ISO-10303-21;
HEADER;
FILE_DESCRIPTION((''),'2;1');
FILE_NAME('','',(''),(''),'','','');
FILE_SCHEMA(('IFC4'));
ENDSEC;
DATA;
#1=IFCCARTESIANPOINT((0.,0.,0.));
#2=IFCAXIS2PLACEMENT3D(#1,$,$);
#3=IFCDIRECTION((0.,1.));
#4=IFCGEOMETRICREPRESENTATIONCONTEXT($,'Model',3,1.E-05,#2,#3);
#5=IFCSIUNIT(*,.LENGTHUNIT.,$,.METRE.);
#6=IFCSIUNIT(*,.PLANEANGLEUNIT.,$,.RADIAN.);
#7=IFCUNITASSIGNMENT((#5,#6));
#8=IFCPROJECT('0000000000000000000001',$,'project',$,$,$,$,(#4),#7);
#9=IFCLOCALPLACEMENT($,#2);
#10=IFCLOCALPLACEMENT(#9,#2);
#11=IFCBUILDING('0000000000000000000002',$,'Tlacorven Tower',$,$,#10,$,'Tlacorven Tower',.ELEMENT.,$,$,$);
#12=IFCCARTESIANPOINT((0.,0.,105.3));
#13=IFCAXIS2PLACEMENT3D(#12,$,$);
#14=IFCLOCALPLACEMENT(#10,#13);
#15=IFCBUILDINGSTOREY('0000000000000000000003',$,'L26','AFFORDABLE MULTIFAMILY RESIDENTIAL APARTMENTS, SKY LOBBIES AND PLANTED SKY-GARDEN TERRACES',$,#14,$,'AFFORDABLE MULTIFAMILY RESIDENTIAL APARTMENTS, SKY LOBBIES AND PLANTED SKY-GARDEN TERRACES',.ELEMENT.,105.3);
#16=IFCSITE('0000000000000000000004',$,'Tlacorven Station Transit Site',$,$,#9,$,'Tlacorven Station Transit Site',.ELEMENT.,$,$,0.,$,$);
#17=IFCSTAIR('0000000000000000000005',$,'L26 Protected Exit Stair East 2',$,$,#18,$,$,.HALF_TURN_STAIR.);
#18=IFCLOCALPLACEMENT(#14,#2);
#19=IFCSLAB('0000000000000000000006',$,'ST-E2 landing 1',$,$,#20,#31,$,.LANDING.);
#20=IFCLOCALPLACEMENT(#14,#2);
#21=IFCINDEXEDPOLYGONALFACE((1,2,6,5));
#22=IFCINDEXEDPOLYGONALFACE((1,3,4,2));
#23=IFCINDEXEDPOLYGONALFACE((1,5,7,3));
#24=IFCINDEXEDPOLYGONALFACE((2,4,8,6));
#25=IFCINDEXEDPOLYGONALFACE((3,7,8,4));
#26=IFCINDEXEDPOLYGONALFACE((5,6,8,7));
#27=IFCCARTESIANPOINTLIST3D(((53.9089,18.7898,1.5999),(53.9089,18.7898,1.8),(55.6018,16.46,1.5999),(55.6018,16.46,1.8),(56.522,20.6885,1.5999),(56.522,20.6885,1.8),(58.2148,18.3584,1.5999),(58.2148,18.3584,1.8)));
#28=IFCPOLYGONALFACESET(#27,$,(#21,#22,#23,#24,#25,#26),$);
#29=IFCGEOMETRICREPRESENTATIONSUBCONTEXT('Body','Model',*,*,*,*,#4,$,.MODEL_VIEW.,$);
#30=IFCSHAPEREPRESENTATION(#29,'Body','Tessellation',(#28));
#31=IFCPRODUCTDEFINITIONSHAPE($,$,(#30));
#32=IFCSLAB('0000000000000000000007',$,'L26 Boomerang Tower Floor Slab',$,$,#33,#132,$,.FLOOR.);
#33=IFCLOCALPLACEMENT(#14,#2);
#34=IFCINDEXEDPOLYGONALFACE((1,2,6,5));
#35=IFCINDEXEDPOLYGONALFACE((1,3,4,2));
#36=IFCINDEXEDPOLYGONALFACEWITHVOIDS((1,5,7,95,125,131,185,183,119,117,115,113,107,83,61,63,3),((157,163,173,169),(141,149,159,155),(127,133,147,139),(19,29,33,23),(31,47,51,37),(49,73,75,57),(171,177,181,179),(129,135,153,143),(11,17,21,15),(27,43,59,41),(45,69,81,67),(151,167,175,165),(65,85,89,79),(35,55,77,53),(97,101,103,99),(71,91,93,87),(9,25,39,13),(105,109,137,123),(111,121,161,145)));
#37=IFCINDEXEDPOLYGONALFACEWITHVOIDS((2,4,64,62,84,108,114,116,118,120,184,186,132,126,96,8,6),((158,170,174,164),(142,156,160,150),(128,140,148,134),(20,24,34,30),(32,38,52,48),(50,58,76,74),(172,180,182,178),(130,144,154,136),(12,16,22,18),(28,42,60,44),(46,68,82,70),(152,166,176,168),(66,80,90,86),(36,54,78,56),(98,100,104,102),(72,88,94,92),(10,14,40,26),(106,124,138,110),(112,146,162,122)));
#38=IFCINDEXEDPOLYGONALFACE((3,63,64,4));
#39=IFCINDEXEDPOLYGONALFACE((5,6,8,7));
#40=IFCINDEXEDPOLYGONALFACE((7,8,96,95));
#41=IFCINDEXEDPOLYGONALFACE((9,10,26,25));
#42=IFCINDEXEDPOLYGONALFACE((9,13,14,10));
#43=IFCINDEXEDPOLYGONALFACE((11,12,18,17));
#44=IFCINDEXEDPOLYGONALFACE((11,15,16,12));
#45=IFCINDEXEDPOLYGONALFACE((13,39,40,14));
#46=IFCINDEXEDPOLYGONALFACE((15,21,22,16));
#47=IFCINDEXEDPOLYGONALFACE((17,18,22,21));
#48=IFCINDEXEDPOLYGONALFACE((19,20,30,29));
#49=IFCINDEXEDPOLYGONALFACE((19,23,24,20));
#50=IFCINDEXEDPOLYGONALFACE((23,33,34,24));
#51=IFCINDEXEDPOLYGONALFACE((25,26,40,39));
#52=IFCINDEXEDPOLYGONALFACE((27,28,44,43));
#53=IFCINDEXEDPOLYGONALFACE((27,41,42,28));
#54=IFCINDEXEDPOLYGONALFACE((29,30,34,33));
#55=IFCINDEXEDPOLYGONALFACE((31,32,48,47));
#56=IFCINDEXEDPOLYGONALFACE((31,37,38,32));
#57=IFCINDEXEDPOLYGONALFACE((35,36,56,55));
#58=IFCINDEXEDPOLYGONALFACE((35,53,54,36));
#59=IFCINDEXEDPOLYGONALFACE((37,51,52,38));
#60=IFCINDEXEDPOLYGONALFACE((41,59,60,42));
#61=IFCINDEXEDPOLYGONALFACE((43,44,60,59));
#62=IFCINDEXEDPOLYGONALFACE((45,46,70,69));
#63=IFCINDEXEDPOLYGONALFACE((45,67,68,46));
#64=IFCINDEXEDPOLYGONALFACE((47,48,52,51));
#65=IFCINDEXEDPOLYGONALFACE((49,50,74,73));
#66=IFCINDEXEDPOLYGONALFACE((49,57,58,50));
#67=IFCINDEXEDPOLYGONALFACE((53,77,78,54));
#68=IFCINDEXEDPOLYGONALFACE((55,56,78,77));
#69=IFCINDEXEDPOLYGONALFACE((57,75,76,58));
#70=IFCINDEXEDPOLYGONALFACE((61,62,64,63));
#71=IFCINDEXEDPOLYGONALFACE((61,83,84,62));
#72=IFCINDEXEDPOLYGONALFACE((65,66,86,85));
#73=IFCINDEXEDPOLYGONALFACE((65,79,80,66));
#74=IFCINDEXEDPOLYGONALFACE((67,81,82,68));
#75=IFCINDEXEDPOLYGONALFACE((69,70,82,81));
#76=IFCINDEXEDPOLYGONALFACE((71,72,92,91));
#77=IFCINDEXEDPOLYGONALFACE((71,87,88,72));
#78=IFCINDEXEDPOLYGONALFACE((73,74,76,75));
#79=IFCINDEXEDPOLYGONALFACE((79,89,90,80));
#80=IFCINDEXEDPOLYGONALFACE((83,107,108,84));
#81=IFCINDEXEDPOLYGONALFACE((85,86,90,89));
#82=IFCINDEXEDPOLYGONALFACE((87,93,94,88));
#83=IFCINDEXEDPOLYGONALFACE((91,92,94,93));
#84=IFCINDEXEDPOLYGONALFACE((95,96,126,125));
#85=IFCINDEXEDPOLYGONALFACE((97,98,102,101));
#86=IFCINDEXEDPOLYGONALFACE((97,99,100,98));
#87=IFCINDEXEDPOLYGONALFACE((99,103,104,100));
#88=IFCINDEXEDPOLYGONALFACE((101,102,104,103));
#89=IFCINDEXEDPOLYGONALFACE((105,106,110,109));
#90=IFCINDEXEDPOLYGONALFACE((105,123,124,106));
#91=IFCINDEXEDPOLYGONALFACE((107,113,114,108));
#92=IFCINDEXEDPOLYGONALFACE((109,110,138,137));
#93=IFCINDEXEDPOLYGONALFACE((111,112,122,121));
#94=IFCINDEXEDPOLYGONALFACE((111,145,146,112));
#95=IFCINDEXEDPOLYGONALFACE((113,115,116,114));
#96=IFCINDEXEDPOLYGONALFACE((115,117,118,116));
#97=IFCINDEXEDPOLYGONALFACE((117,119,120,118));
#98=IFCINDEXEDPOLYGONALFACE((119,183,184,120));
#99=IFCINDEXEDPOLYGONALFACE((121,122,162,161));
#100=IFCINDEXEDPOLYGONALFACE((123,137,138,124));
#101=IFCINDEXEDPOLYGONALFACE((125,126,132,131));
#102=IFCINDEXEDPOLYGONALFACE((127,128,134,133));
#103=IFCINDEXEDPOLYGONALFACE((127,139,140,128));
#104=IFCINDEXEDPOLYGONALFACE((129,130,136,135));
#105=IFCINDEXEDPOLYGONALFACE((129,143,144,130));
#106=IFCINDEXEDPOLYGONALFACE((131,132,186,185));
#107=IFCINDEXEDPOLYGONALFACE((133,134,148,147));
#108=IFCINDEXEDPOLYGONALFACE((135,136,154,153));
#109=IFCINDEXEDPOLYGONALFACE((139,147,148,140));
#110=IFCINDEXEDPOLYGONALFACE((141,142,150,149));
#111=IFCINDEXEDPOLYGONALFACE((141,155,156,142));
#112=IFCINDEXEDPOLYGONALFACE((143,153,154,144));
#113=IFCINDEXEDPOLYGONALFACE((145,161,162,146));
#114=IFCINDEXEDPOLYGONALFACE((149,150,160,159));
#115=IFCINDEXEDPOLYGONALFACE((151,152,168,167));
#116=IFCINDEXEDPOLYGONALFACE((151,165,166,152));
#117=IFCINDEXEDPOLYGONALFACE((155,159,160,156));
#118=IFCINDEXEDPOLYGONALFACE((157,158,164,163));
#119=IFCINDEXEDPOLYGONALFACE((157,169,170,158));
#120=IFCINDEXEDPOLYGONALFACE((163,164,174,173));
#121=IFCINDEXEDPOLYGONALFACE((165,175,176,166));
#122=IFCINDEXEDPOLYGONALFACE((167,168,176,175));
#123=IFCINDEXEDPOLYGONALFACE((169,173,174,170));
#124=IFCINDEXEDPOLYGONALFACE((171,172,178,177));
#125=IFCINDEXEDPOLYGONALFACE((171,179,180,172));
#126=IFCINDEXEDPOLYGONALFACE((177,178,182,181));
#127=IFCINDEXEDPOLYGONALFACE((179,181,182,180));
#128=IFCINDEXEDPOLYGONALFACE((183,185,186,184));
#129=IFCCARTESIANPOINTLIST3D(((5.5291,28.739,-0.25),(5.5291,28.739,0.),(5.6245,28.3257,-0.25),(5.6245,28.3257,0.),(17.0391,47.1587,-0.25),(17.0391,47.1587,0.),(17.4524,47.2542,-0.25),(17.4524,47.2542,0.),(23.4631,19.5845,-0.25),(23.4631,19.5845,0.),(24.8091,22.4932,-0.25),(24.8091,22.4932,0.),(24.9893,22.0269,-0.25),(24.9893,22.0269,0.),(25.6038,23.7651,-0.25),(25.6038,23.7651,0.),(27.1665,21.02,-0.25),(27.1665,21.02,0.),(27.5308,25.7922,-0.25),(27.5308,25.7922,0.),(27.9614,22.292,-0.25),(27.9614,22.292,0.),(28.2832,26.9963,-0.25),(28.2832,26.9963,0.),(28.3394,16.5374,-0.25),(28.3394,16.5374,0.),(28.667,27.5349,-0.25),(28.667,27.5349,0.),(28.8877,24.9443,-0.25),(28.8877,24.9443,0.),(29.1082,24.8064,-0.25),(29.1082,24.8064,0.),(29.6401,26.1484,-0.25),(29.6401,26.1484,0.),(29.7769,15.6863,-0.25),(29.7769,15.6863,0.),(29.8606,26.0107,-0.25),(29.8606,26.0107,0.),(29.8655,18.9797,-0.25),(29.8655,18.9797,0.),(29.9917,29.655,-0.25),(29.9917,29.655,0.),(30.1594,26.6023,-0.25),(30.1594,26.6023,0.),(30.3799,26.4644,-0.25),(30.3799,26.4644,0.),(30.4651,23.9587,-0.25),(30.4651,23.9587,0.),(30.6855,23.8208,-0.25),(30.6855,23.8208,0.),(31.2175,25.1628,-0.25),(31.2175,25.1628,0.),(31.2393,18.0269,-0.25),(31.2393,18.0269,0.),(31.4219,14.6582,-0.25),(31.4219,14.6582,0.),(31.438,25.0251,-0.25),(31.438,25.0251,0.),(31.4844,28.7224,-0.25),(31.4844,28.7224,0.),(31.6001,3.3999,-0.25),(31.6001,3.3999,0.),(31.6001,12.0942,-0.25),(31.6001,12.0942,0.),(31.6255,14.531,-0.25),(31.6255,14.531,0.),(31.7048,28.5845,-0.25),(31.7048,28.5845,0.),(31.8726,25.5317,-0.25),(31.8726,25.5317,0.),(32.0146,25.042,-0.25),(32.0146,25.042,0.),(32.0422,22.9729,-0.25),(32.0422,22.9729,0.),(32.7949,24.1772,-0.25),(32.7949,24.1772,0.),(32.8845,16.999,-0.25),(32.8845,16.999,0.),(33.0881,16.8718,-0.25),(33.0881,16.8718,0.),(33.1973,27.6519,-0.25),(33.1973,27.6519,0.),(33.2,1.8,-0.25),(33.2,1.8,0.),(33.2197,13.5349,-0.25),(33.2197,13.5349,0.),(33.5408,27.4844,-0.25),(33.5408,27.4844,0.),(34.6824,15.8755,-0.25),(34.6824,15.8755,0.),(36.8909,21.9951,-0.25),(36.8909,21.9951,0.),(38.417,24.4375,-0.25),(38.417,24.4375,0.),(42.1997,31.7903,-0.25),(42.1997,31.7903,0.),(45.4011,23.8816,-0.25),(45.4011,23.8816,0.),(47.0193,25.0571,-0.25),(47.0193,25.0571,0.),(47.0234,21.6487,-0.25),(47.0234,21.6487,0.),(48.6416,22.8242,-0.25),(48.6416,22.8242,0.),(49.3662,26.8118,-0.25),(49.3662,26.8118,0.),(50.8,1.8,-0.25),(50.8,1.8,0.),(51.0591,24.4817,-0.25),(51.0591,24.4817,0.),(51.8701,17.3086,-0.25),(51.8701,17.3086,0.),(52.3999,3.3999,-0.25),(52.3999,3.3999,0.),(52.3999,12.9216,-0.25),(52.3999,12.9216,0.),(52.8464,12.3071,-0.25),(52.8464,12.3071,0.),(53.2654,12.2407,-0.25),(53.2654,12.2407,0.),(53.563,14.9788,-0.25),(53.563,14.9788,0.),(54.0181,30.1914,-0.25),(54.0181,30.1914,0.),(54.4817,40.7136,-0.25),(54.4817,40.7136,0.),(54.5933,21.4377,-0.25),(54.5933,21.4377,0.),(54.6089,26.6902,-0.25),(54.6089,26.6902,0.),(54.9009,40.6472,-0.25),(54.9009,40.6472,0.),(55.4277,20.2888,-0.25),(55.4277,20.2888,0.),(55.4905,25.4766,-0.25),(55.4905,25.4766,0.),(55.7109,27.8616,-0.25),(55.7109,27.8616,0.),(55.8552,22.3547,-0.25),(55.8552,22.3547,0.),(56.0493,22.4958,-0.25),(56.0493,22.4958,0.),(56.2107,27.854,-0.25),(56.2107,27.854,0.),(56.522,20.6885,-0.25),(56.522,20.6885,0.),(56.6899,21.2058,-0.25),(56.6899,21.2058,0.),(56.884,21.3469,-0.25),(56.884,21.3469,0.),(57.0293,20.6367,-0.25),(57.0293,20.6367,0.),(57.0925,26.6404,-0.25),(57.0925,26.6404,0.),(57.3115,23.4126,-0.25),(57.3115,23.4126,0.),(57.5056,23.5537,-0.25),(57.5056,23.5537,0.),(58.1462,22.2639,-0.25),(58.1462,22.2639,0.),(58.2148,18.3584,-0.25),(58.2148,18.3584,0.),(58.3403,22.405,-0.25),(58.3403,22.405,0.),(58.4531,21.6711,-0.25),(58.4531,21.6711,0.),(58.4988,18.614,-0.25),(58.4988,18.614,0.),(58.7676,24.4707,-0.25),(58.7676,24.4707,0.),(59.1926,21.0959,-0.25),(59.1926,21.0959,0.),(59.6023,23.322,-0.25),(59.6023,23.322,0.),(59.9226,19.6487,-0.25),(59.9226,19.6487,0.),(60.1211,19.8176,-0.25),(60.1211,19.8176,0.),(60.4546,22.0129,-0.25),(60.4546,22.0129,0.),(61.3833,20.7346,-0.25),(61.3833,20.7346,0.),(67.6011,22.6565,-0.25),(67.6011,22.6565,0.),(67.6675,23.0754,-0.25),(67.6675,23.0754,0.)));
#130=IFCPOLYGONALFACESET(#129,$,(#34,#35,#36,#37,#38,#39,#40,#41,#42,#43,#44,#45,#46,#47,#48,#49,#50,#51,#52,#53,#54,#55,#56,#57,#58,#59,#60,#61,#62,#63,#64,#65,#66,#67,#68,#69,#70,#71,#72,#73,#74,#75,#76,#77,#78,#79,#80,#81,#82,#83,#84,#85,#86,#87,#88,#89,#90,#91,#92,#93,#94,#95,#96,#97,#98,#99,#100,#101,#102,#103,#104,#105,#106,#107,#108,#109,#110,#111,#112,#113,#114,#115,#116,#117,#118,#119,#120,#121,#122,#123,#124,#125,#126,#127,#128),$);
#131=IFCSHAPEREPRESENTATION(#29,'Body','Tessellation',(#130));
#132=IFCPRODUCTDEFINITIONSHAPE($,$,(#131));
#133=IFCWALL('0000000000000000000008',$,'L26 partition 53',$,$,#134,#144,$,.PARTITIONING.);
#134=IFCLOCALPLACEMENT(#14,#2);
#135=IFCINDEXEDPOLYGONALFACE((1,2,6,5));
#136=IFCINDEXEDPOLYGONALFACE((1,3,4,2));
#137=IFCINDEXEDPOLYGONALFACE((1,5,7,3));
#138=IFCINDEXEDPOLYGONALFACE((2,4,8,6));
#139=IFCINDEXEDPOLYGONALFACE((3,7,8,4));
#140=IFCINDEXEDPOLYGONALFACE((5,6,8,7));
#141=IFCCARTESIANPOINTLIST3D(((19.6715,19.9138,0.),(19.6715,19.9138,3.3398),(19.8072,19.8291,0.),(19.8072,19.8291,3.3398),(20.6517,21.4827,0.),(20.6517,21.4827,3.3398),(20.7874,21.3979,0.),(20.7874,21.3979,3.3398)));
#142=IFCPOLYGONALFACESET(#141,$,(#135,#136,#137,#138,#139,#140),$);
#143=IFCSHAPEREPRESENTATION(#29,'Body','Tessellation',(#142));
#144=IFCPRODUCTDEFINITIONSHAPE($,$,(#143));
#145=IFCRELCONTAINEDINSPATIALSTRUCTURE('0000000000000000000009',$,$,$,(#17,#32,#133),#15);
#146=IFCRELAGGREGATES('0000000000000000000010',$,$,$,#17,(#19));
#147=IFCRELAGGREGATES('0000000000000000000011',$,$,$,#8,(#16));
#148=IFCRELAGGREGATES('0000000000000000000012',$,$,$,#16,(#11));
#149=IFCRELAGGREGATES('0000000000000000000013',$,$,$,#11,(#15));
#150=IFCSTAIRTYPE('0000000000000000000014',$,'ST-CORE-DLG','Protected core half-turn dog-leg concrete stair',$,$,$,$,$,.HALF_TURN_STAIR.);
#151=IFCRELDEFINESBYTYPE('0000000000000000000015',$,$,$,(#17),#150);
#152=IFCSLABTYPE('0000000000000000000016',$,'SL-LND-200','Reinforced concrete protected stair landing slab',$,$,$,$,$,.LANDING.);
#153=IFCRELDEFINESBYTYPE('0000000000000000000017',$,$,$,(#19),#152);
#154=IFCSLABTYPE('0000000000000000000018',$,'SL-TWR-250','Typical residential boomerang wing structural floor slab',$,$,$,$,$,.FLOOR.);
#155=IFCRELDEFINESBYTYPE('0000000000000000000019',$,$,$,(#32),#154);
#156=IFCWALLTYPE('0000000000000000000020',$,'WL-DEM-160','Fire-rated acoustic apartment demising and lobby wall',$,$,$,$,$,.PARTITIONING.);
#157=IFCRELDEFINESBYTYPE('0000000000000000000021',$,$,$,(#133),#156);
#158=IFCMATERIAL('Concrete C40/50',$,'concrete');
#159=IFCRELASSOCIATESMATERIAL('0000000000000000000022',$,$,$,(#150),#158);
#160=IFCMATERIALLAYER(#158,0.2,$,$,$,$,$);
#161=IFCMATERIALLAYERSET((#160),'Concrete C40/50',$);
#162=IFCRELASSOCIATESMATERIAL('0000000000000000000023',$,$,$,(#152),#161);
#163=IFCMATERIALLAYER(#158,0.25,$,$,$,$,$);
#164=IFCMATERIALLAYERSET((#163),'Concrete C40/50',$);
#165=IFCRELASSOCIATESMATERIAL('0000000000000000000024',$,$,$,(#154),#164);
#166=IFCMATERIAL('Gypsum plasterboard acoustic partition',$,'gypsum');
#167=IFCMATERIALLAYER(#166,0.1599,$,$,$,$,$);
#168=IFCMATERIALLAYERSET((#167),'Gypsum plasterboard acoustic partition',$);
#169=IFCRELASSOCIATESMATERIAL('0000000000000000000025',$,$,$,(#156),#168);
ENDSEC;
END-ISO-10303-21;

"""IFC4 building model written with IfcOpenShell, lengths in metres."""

from ifc_helpers import new_model, si_unit, direction, frame, frame_2d, origin, place, context, subcontext, project, spatial, polyline, rectangle, outline, extrude, material, layer, layer_set, type_object, element, aggregate, save


model = new_model("IFC4")

# Units and contexts
model_context = context("Model", 3, precision=1e-05, world=origin(), true_north=direction((0.0, 1.0)))
body_context = subcontext(model_context, "Body", "Model", "MODEL_VIEW")
ifc_project = project(units=[si_unit("LENGTHUNIT", "METRE"), si_unit("PLANEANGLEUNIT", "RADIAN")], contexts=[model_context])

# Site, building, storey
site_placement = place(None, origin())
site = spatial("IfcSite", under=ifc_project, at=site_placement, Name="Tlacorven Station Transit Site", LongName="Tlacorven Station Transit Site", CompositionType="ELEMENT", RefElevation=0.0)
building_placement = place(site_placement, origin())
building = spatial("IfcBuilding", under=site, at=building_placement, Name="Tlacorven Tower", LongName="Tlacorven Tower", CompositionType="ELEMENT")
storey_placement = place(building_placement, frame((0.0, 0.0, 105.3)))
storey = spatial("IfcBuildingStorey", under=building, at=storey_placement, Name="L26", Description="AFFORDABLE MULTIFAMILY RESIDENTIAL APARTMENTS, SKY LOBBIES AND PLANTED SKY-GARDEN TERRACES", LongName="AFFORDABLE MULTIFAMILY RESIDENTIAL APARTMENTS, SKY LOBBIES AND PLANTED SKY-GARDEN TERRACES", CompositionType="ELEMENT", Elevation=105.3)

# Stair, slab
ifc_material_1 = material(Name="Concrete C40/50", Category="concrete")
stair_type = type_object("IfcStairType", Name="ST-CORE-DLG", Description="Protected core half-turn dog-leg concrete stair", PredefinedType="HALF_TURN_STAIR", material=ifc_material_1)
ifc_layer_1 = layer(ifc_material_1, 0.2)
ifc_layer_set_1 = layer_set([ifc_layer_1], Name="Concrete C40/50")
slab_type_1 = type_object("IfcSlabType", Name="SL-LND-200", Description="Reinforced concrete protected stair landing slab", PredefinedType="LANDING", material=ifc_layer_set_1)
stair_1_placement = place(storey_placement, origin())
stair_1 = element("IfcStair", 1, at=stair_1_placement, inside=storey, type_object=stair_type, Name="L26 Protected Exit Stair East 2", PredefinedType="HALF_TURN_STAIR")
slab_1_placement = place(storey_placement, frame((0.0, 0.0, 1.5999)))
slab_1 = element("IfcSlab", 2, at=slab_1_placement, type_object=slab_type_1, Name="ST-E2 landing 1", PredefinedType="LANDING", context=body_context, shape_type="SweptSolid", body=[
    extrude(outline(polyline([(55.6018, 16.46), (58.2148, 18.3584), (56.522, 20.6885), (53.9089, 18.7898), (55.6018, 16.46)])), origin(), (0.0, 0.0, 1.0), 0.2002),
])
aggregate(stair_1, [slab_1])

# Slab
ifc_layer_2 = layer(ifc_material_1, 0.25)
ifc_layer_set_2 = layer_set([ifc_layer_2], Name="Concrete C40/50")
slab_type_2 = type_object("IfcSlabType", Name="SL-TWR-250", Description="Typical residential boomerang wing structural floor slab", PredefinedType="FLOOR", material=ifc_layer_set_2)
slab_2_placement = place(storey_placement, frame((0.0, 0.0, -0.25)))
element("IfcSlab", 3, at=slab_2_placement, inside=storey, type_object=slab_type_2, Name="L26 Boomerang Tower Floor Slab", PredefinedType="FLOOR", context=body_context, shape_type="SweptSolid", body=[
    extrude(outline(polyline([(52.3999, 3.3999), (50.8, 1.8), (33.2, 1.8), (31.6001, 3.3999), (31.6001, 12.0942), (5.6245, 28.3257), (5.5291, 28.739), (17.0391, 47.1587), (17.4524, 47.2542), (42.1997, 31.7903), (54.4817, 40.7136), (54.9009, 40.6472), (67.6675, 23.0754), (67.6011, 22.6565), (53.2654, 12.2407), (52.8464, 12.3071), (52.3999, 12.9216), (52.3999, 3.3999)]), holes=[polyline([(29.8655, 18.9797), (24.9893, 22.0269), (23.4631, 19.5845), (28.3394, 16.5374), (29.8655, 18.9797)]), polyline([(38.417, 24.4375), (33.5408, 27.4844), (32.0146, 25.042), (36.8909, 21.9951), (38.417, 24.4375)]), polyline([(51.0591, 24.4817), (55.7109, 27.8616), (54.0181, 30.1914), (49.3662, 26.8118), (51.0591, 24.4817)]), polyline([(53.563, 14.9788), (58.2148, 18.3584), (56.522, 20.6885), (51.8701, 17.3086), (53.563, 14.9788)]), polyline([(34.6824, 15.8755), (33.0881, 16.8718), (31.6255, 14.531), (33.2197, 13.5349), (34.6824, 15.8755)]), polyline([(32.8845, 16.999), (31.2393, 18.0269), (29.7769, 15.6863), (31.4219, 14.6582), (32.8845, 16.999)]), polyline([(47.0234, 21.6487), (48.6416, 22.8242), (47.0193, 25.0571), (45.4011, 23.8816), (47.0234, 21.6487)]), polyline([(33.1973, 27.6519), (31.7048, 28.5845), (30.3799, 26.4644), (31.8726, 25.5317), (33.1973, 27.6519)]), polyline([(31.4844, 28.7224), (29.9917, 29.655), (28.667, 27.5349), (30.1594, 26.6023), (31.4844, 28.7224)]), polyline([(32.7949, 24.1772), (31.438, 25.0251), (30.6855, 23.8208), (32.0422, 22.9729), (32.7949, 24.1772)]), polyline([(31.2175, 25.1628), (29.8606, 26.0107), (29.1082, 24.8064), (30.4651, 23.9587), (31.2175, 25.1628)]), polyline([(29.6401, 26.1484), (28.2832, 26.9963), (27.5308, 25.7922), (28.8877, 24.9443), (29.6401, 26.1484)]), polyline([(55.4277, 20.2888), (56.6899, 21.2058), (55.8552, 22.3547), (54.5933, 21.4377), (55.4277, 20.2888)]), polyline([(56.884, 21.3469), (58.1462, 22.2639), (57.3115, 23.4126), (56.0493, 22.4958), (56.884, 21.3469)]), polyline([(58.3403, 22.405), (59.6023, 23.322), (58.7676, 24.4707), (57.5056, 23.5537), (58.3403, 22.405)]), polyline([(58.4988, 18.614), (59.9226, 19.6487), (58.4531, 21.6711), (57.0293, 20.6367), (58.4988, 18.614)]), polyline([(27.9614, 22.292), (25.6038, 23.7651), (24.8091, 22.4932), (27.1665, 21.02), (27.9614, 22.292)]), polyline([(55.4905, 25.4766), (57.0925, 26.6404), (56.2107, 27.854), (54.6089, 26.6902), (55.4905, 25.4766)]), polyline([(60.1211, 19.8176), (61.3833, 20.7346), (60.4546, 22.0129), (59.1926, 21.0959), (60.1211, 19.8176)])]), origin(), (0.0, 0.0, 1.0), 0.25),
])

# Wall
ifc_material_2 = material(Name="Gypsum plasterboard acoustic partition", Category="gypsum")
ifc_layer_3 = layer(ifc_material_2, 0.1599)
ifc_layer_set_3 = layer_set([ifc_layer_3], Name="Gypsum plasterboard acoustic partition")
wall_type = type_object("IfcWallType", Name="WL-DEM-160", Description="Fire-rated acoustic apartment demising and lobby wall", PredefinedType="PARTITIONING", material=ifc_layer_set_3)
wall_1_placement = place(storey_placement, frame((20.7195, 21.4402, 0.0), z_axis=(0.0, 0.0, 1.0), x_axis=(-0.52988, -0.848072, 0.0)))
element("IfcWall", 4, at=wall_1_placement, inside=storey, type_object=wall_type, Name="L26 partition 53", PredefinedType="PARTITIONING", context=body_context, shape_type="SweptSolid", body=[
    extrude(rectangle(XDim=1.8499, YDim=0.1599, at=frame_2d((0.9248, 0.0))), origin(), (0.0, 0.0, 1.0), 3.3398),
])

save(model, "model.ifc")
